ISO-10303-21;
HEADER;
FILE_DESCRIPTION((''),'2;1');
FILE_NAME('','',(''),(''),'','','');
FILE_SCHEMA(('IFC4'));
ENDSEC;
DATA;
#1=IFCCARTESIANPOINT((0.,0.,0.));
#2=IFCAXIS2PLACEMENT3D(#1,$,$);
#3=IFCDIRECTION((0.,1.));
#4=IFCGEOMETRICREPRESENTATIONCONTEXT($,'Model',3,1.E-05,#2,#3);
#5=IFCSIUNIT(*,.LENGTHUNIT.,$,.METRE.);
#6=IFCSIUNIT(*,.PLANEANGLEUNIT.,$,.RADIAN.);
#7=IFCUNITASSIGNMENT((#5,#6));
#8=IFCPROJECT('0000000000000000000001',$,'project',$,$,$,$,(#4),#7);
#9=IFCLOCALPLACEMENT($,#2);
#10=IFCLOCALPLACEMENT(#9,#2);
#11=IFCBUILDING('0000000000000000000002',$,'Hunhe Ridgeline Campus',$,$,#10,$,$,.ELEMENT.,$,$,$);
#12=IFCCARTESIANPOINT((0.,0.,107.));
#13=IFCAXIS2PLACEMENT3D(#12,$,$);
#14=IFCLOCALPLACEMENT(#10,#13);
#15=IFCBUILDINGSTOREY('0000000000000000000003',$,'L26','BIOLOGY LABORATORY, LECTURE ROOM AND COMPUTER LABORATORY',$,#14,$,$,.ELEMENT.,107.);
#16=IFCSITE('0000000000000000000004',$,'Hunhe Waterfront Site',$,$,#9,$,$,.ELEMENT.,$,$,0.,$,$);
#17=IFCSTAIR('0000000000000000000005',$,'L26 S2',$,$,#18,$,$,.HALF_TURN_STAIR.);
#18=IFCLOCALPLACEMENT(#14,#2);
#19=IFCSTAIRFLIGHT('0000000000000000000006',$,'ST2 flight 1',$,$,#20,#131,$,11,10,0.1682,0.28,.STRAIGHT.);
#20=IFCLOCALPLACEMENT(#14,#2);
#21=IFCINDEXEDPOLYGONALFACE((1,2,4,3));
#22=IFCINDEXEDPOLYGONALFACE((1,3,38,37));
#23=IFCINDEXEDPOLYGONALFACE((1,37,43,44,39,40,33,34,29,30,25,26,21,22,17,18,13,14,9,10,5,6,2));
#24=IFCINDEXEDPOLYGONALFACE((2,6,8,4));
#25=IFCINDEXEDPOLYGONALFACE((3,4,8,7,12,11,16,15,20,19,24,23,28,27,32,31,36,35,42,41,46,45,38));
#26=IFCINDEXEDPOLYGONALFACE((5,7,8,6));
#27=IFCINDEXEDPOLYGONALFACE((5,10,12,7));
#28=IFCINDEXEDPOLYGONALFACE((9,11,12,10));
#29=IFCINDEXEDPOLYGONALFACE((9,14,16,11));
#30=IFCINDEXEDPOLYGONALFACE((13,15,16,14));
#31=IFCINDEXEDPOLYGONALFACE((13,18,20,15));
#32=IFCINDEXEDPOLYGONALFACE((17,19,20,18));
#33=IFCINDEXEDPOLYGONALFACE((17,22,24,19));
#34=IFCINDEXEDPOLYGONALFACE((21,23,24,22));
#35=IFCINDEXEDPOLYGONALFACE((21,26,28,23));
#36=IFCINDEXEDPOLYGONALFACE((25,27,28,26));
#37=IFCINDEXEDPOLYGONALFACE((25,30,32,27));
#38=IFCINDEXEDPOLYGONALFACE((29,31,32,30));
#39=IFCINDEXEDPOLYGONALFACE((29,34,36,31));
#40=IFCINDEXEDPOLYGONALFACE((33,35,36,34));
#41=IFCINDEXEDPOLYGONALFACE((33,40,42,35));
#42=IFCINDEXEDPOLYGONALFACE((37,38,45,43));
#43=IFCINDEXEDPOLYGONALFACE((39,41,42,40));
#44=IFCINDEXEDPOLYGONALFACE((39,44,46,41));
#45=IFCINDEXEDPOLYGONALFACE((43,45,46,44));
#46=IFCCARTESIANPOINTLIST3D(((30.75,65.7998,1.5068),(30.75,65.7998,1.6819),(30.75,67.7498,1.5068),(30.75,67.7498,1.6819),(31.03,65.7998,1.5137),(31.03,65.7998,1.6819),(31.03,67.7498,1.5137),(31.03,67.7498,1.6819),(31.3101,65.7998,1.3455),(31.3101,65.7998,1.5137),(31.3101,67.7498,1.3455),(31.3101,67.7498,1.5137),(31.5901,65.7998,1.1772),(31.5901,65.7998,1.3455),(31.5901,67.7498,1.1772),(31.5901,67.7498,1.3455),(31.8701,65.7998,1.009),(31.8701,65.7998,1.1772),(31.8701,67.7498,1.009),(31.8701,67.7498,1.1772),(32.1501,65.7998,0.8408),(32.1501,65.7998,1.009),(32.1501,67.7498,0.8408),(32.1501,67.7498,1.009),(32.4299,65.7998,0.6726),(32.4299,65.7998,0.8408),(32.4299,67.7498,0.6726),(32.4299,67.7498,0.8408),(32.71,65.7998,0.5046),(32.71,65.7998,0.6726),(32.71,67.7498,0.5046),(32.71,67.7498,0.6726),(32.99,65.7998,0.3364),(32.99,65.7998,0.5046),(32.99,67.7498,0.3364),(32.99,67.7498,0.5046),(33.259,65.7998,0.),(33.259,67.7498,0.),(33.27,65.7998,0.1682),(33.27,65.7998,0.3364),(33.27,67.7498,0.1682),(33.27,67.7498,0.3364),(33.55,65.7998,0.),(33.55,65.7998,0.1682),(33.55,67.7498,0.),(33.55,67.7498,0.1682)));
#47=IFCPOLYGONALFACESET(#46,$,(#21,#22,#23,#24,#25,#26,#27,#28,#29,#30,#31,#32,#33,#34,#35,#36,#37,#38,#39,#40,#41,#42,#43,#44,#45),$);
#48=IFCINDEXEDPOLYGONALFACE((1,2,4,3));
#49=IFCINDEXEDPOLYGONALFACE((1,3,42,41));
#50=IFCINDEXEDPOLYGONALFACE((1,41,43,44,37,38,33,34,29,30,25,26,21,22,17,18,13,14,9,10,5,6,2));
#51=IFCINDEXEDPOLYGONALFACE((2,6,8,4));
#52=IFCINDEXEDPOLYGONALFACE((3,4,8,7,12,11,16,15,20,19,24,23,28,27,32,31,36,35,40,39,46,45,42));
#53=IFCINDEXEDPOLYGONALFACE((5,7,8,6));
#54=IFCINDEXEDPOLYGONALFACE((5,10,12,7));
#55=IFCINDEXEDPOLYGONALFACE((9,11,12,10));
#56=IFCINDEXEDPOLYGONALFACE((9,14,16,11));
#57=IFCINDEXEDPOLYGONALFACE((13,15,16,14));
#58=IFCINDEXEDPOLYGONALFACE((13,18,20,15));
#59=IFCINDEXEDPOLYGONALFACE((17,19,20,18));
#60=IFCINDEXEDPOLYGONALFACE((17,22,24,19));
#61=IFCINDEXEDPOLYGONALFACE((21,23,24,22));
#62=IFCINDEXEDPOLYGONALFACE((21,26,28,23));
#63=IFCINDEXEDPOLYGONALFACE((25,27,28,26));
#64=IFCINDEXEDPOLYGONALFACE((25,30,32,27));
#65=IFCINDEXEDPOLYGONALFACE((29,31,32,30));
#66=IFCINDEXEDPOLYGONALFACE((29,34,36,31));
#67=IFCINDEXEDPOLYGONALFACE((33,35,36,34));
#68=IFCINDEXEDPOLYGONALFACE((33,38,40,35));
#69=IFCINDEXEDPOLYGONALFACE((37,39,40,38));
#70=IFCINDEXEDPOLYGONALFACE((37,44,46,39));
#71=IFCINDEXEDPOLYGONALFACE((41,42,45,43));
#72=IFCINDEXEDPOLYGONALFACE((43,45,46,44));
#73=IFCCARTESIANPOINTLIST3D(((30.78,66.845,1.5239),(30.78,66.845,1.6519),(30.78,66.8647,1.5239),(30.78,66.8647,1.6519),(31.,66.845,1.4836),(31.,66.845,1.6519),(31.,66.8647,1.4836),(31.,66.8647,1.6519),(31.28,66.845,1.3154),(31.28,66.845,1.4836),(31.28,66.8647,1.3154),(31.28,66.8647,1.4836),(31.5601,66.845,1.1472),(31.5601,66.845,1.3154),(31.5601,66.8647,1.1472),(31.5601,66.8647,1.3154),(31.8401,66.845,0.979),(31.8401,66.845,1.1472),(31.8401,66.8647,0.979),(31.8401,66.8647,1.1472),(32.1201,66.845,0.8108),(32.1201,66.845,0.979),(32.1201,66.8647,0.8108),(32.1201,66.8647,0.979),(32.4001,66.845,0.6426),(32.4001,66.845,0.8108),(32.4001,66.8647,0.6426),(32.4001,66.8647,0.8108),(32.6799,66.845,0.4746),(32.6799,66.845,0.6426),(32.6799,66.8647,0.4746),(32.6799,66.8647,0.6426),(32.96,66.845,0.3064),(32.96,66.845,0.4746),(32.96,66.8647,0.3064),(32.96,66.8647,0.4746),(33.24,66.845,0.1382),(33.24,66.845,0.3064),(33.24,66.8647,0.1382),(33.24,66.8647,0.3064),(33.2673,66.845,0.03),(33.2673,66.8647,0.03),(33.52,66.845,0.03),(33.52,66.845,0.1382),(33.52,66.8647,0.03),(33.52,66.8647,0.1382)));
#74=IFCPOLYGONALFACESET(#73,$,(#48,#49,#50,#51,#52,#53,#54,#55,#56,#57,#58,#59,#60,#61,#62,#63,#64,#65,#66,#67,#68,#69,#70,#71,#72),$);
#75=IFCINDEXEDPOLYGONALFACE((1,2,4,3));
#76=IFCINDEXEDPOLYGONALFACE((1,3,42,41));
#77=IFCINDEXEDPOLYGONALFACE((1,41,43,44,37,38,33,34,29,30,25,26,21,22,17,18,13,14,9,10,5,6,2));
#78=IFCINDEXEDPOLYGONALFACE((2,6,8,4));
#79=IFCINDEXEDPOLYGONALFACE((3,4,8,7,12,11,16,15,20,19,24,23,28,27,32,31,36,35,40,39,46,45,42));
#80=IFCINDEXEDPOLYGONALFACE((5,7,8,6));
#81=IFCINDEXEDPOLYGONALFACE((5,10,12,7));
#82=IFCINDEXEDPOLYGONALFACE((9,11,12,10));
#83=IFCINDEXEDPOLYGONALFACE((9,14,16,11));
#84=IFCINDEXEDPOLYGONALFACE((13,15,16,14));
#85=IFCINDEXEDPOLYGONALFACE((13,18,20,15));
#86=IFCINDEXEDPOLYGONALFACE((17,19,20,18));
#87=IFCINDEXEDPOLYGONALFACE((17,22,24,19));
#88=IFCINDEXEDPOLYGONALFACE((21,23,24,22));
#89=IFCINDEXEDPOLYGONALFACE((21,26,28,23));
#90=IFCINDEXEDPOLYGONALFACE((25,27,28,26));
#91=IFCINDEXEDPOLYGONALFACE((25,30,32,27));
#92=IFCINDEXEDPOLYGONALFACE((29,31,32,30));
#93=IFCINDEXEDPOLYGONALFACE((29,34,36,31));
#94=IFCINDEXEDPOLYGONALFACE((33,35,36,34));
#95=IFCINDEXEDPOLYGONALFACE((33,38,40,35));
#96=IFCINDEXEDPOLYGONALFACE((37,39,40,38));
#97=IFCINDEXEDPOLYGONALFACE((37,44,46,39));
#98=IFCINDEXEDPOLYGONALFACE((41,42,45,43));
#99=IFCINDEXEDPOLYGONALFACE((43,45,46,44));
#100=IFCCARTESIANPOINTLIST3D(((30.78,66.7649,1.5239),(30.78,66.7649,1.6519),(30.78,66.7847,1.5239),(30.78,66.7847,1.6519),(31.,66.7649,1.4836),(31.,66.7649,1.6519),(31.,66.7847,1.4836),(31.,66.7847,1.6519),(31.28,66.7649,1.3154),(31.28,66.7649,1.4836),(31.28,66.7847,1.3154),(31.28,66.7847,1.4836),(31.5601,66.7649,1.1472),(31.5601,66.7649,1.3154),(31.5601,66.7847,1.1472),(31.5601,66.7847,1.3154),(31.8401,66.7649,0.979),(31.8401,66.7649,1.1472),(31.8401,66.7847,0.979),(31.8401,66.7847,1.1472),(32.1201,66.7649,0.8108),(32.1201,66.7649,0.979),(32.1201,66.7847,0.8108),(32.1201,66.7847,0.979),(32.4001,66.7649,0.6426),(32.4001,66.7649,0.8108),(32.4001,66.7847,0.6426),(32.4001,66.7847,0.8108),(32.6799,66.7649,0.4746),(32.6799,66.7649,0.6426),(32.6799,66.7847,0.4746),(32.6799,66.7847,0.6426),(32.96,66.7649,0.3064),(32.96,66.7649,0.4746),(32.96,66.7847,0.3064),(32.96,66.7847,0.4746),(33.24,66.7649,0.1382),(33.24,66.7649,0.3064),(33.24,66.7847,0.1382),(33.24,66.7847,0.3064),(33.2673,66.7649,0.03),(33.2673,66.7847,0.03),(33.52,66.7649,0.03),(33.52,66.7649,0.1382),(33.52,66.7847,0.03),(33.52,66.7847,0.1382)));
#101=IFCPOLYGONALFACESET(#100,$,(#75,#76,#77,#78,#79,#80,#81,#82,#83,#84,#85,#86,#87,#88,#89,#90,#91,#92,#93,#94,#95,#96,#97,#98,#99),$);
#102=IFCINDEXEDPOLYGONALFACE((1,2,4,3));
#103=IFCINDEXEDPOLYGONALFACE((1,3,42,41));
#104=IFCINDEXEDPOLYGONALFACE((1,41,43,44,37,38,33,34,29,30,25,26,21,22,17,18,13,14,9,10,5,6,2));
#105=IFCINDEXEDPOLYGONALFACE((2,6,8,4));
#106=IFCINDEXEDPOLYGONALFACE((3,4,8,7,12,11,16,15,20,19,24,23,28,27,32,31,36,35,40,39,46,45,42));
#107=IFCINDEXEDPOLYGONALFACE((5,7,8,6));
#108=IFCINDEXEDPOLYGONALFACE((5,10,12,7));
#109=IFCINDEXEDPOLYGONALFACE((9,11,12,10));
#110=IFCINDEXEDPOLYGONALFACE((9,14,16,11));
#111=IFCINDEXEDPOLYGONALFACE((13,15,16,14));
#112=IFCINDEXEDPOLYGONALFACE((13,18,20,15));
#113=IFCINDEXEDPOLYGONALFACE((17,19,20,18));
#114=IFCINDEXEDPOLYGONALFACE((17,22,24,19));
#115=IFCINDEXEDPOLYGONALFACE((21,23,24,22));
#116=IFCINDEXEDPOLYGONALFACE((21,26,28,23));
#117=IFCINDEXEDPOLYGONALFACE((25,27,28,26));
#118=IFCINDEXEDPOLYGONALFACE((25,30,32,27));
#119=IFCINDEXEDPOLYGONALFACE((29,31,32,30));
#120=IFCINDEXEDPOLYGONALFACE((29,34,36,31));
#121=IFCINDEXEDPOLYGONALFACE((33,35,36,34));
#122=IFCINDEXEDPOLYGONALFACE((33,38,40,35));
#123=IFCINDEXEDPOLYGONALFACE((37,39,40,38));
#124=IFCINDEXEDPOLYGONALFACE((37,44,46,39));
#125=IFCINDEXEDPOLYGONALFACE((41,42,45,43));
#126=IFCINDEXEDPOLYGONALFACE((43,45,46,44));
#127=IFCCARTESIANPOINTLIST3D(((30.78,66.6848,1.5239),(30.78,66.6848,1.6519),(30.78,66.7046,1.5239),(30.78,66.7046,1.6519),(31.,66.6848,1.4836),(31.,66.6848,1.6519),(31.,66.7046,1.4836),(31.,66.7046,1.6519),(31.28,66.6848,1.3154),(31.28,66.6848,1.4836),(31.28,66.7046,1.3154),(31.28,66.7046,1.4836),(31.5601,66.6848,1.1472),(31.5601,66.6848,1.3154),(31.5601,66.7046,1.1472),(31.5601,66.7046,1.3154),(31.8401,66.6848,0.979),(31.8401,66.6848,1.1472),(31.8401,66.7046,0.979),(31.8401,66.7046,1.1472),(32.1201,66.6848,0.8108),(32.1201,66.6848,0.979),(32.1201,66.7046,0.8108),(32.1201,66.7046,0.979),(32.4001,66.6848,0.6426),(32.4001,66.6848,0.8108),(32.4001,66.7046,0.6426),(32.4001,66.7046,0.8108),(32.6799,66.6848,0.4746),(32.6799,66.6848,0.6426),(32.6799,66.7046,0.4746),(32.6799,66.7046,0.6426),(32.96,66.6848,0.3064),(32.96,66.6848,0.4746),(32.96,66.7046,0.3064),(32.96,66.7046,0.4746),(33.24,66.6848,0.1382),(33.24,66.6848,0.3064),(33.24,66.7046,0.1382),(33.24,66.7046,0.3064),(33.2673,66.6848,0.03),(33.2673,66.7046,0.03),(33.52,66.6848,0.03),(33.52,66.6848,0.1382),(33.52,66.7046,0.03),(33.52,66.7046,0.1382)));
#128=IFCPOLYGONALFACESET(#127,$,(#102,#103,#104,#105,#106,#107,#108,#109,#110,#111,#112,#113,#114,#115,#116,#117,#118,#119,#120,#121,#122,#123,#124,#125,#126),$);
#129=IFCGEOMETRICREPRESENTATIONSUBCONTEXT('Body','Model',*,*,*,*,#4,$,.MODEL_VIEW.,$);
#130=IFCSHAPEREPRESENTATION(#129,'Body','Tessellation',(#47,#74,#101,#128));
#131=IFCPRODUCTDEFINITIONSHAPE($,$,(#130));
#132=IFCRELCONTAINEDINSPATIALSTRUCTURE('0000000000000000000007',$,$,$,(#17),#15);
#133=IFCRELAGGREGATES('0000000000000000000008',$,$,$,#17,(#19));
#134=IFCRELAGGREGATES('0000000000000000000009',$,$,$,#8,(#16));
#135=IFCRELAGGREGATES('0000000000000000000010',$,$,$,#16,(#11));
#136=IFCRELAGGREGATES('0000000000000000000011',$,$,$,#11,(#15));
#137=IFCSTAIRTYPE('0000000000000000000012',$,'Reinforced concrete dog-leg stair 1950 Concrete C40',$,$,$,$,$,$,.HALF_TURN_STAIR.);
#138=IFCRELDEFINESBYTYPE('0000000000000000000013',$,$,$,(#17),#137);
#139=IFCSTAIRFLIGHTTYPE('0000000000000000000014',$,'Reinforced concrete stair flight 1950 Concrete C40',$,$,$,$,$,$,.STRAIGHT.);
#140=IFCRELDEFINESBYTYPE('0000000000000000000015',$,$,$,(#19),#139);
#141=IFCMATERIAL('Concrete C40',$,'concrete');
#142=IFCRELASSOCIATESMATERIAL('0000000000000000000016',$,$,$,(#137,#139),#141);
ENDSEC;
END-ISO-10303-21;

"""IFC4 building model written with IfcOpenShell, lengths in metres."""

from ifc_helpers import new_model, si_unit, direction, frame, origin, place, context, subcontext, project, spatial, polyline, outline, extrude, material, type_object, element, aggregate, save


model = new_model("IFC4")

# Units and contexts
model_context = context("Model", 3, precision=1e-05, world=origin(), true_north=direction((0.0, 1.0)))
body_context = subcontext(model_context, "Body", "Model", "MODEL_VIEW")
ifc_project = project(units=[si_unit("LENGTHUNIT", "METRE"), si_unit("PLANEANGLEUNIT", "RADIAN")], contexts=[model_context])

# Site, building, storey
site_placement = place(None, origin())
site = spatial("IfcSite", under=ifc_project, at=site_placement, Name="Hunhe Waterfront Site", CompositionType="ELEMENT", RefElevation=0.0)
building_placement = place(site_placement, origin())
building = spatial("IfcBuilding", under=site, at=building_placement, Name="Hunhe Ridgeline Campus", CompositionType="ELEMENT")
storey_placement = place(building_placement, frame((0.0, 0.0, 107.0)))
storey = spatial("IfcBuildingStorey", under=building, at=storey_placement, Name="L26", Description="BIOLOGY LABORATORY, LECTURE ROOM AND COMPUTER LABORATORY", CompositionType="ELEMENT", Elevation=107.0)

# Stair, stair flight
ifc_material_1 = material(Name="Concrete C40", Category="concrete")
stair_type = type_object("IfcStairType", Name="Reinforced concrete dog-leg stair 1950 Concrete C40", PredefinedType="HALF_TURN_STAIR", material=ifc_material_1)
stair_placement = place(storey_placement, origin())
stair = element("IfcStair", 1, at=stair_placement, inside=storey, type_object=stair_type, Name="L26 S2", PredefinedType="HALF_TURN_STAIR")
stair_flight_type = type_object("IfcStairFlightType", Name="Reinforced concrete stair flight 1950 Concrete C40", PredefinedType="STRAIGHT", material=ifc_material_1)
stair_flight_1_placement = place(storey_placement, frame((33.55, 66.7749, 0.0), z_axis=(0.0, 0.0, 1.0), x_axis=(-1.0, 0.0, 0.0)))
stair_flight_1 = element("IfcStairFlight", 2, at=stair_flight_1_placement, type_object=stair_flight_type, Name="ST2 flight 1", NumberOfRisers=11, NumberOfTreads=10, PredefinedType="STRAIGHT", RiserHeight=0.1682, TreadLength=0.28, context=body_context, shape_type="SweptSolid", body=[
    extrude(outline(polyline([(0.0, 0.0), (0.0, 0.1682), (0.28, 0.1682), (0.28, 0.3364), (0.5601, 0.3364), (0.5601, 0.5046), (0.8401, 0.5046), (0.8401, 0.6726), (1.1201, 0.6726), (1.1201, 0.8408), (1.3999, 0.8408), (1.3999, 1.009), (1.6799, 1.009), (1.6799, 1.1772), (1.96, 1.1772), (1.96, 1.3455), (2.24, 1.3455), (2.24, 1.5137), (2.52, 1.5137), (2.52, 1.6819), (2.8, 1.6819), (2.8, 1.8501), (2.8, 1.5068), (0.291, 0.0), (0.0, 0.0)])), frame((0.0, 0.9751, 0.0), z_axis=(0.0, -1.0, 0.0), x_axis=(1.0, 0.0, 0.0)), (0.0, 0.0, 1.0), 1.95),
    extrude(outline(polyline([(0.03, 0.03), (0.03, 0.1382), (0.3101, 0.1382), (0.3101, 0.3064), (0.5901, 0.3064), (0.5901, 0.4746), (0.8701, 0.4746), (0.8701, 0.6426), (1.1499, 0.6426), (1.1499, 0.8108), (1.4299, 0.8108), (1.4299, 0.979), (1.71, 0.979), (1.71, 1.1472), (1.99, 1.1472), (1.99, 1.3154), (2.27, 1.3154), (2.27, 1.4836), (2.55, 1.4836), (2.55, 1.6519), (2.77, 1.6519), (2.77, 1.5239), (0.2827, 0.03), (0.03, 0.03)])), frame((0.0, -0.0701, 0.0), z_axis=(0.0, -1.0, 0.0), x_axis=(1.0, 0.0, 0.0)), (0.0, 0.0, 1.0), 0.0198),
    extrude(outline(polyline([(0.03, 0.03), (0.03, 0.1382), (0.3101, 0.1382), (0.3101, 0.3064), (0.5901, 0.3064), (0.5901, 0.4746), (0.8701, 0.4746), (0.8701, 0.6426), (1.1499, 0.6426), (1.1499, 0.8108), (1.4299, 0.8108), (1.4299, 0.979), (1.71, 0.979), (1.71, 1.1472), (1.99, 1.1472), (1.99, 1.3154), (2.27, 1.3154), (2.27, 1.4836), (2.55, 1.4836), (2.55, 1.6519), (2.77, 1.6519), (2.77, 1.5239), (0.2827, 0.03), (0.03, 0.03)])), frame((0.0, 0.01, 0.0), z_axis=(0.0, -1.0, 0.0), x_axis=(1.0, 0.0, 0.0)), (0.0, 0.0, 1.0), 0.0198),
    extrude(outline(polyline([(0.03, 0.03), (0.03, 0.1382), (0.3101, 0.1382), (0.3101, 0.3064), (0.5901, 0.3064), (0.5901, 0.4746), (0.8701, 0.4746), (0.8701, 0.6426), (1.1499, 0.6426), (1.1499, 0.8108), (1.4299, 0.8108), (1.4299, 0.979), (1.71, 0.979), (1.71, 1.1472), (1.99, 1.1472), (1.99, 1.3154), (2.27, 1.3154), (2.27, 1.4836), (2.55, 1.4836), (2.55, 1.6519), (2.77, 1.6519), (2.77, 1.5239), (0.2827, 0.03), (0.03, 0.03)])), frame((0.0, 0.0901, 0.0), z_axis=(0.0, -1.0, 0.0), x_axis=(1.0, 0.0, 0.0)), (0.0, 0.0, 1.0), 0.0198),
])
aggregate(stair, [stair_flight_1])

save(model, "model.ifc")
